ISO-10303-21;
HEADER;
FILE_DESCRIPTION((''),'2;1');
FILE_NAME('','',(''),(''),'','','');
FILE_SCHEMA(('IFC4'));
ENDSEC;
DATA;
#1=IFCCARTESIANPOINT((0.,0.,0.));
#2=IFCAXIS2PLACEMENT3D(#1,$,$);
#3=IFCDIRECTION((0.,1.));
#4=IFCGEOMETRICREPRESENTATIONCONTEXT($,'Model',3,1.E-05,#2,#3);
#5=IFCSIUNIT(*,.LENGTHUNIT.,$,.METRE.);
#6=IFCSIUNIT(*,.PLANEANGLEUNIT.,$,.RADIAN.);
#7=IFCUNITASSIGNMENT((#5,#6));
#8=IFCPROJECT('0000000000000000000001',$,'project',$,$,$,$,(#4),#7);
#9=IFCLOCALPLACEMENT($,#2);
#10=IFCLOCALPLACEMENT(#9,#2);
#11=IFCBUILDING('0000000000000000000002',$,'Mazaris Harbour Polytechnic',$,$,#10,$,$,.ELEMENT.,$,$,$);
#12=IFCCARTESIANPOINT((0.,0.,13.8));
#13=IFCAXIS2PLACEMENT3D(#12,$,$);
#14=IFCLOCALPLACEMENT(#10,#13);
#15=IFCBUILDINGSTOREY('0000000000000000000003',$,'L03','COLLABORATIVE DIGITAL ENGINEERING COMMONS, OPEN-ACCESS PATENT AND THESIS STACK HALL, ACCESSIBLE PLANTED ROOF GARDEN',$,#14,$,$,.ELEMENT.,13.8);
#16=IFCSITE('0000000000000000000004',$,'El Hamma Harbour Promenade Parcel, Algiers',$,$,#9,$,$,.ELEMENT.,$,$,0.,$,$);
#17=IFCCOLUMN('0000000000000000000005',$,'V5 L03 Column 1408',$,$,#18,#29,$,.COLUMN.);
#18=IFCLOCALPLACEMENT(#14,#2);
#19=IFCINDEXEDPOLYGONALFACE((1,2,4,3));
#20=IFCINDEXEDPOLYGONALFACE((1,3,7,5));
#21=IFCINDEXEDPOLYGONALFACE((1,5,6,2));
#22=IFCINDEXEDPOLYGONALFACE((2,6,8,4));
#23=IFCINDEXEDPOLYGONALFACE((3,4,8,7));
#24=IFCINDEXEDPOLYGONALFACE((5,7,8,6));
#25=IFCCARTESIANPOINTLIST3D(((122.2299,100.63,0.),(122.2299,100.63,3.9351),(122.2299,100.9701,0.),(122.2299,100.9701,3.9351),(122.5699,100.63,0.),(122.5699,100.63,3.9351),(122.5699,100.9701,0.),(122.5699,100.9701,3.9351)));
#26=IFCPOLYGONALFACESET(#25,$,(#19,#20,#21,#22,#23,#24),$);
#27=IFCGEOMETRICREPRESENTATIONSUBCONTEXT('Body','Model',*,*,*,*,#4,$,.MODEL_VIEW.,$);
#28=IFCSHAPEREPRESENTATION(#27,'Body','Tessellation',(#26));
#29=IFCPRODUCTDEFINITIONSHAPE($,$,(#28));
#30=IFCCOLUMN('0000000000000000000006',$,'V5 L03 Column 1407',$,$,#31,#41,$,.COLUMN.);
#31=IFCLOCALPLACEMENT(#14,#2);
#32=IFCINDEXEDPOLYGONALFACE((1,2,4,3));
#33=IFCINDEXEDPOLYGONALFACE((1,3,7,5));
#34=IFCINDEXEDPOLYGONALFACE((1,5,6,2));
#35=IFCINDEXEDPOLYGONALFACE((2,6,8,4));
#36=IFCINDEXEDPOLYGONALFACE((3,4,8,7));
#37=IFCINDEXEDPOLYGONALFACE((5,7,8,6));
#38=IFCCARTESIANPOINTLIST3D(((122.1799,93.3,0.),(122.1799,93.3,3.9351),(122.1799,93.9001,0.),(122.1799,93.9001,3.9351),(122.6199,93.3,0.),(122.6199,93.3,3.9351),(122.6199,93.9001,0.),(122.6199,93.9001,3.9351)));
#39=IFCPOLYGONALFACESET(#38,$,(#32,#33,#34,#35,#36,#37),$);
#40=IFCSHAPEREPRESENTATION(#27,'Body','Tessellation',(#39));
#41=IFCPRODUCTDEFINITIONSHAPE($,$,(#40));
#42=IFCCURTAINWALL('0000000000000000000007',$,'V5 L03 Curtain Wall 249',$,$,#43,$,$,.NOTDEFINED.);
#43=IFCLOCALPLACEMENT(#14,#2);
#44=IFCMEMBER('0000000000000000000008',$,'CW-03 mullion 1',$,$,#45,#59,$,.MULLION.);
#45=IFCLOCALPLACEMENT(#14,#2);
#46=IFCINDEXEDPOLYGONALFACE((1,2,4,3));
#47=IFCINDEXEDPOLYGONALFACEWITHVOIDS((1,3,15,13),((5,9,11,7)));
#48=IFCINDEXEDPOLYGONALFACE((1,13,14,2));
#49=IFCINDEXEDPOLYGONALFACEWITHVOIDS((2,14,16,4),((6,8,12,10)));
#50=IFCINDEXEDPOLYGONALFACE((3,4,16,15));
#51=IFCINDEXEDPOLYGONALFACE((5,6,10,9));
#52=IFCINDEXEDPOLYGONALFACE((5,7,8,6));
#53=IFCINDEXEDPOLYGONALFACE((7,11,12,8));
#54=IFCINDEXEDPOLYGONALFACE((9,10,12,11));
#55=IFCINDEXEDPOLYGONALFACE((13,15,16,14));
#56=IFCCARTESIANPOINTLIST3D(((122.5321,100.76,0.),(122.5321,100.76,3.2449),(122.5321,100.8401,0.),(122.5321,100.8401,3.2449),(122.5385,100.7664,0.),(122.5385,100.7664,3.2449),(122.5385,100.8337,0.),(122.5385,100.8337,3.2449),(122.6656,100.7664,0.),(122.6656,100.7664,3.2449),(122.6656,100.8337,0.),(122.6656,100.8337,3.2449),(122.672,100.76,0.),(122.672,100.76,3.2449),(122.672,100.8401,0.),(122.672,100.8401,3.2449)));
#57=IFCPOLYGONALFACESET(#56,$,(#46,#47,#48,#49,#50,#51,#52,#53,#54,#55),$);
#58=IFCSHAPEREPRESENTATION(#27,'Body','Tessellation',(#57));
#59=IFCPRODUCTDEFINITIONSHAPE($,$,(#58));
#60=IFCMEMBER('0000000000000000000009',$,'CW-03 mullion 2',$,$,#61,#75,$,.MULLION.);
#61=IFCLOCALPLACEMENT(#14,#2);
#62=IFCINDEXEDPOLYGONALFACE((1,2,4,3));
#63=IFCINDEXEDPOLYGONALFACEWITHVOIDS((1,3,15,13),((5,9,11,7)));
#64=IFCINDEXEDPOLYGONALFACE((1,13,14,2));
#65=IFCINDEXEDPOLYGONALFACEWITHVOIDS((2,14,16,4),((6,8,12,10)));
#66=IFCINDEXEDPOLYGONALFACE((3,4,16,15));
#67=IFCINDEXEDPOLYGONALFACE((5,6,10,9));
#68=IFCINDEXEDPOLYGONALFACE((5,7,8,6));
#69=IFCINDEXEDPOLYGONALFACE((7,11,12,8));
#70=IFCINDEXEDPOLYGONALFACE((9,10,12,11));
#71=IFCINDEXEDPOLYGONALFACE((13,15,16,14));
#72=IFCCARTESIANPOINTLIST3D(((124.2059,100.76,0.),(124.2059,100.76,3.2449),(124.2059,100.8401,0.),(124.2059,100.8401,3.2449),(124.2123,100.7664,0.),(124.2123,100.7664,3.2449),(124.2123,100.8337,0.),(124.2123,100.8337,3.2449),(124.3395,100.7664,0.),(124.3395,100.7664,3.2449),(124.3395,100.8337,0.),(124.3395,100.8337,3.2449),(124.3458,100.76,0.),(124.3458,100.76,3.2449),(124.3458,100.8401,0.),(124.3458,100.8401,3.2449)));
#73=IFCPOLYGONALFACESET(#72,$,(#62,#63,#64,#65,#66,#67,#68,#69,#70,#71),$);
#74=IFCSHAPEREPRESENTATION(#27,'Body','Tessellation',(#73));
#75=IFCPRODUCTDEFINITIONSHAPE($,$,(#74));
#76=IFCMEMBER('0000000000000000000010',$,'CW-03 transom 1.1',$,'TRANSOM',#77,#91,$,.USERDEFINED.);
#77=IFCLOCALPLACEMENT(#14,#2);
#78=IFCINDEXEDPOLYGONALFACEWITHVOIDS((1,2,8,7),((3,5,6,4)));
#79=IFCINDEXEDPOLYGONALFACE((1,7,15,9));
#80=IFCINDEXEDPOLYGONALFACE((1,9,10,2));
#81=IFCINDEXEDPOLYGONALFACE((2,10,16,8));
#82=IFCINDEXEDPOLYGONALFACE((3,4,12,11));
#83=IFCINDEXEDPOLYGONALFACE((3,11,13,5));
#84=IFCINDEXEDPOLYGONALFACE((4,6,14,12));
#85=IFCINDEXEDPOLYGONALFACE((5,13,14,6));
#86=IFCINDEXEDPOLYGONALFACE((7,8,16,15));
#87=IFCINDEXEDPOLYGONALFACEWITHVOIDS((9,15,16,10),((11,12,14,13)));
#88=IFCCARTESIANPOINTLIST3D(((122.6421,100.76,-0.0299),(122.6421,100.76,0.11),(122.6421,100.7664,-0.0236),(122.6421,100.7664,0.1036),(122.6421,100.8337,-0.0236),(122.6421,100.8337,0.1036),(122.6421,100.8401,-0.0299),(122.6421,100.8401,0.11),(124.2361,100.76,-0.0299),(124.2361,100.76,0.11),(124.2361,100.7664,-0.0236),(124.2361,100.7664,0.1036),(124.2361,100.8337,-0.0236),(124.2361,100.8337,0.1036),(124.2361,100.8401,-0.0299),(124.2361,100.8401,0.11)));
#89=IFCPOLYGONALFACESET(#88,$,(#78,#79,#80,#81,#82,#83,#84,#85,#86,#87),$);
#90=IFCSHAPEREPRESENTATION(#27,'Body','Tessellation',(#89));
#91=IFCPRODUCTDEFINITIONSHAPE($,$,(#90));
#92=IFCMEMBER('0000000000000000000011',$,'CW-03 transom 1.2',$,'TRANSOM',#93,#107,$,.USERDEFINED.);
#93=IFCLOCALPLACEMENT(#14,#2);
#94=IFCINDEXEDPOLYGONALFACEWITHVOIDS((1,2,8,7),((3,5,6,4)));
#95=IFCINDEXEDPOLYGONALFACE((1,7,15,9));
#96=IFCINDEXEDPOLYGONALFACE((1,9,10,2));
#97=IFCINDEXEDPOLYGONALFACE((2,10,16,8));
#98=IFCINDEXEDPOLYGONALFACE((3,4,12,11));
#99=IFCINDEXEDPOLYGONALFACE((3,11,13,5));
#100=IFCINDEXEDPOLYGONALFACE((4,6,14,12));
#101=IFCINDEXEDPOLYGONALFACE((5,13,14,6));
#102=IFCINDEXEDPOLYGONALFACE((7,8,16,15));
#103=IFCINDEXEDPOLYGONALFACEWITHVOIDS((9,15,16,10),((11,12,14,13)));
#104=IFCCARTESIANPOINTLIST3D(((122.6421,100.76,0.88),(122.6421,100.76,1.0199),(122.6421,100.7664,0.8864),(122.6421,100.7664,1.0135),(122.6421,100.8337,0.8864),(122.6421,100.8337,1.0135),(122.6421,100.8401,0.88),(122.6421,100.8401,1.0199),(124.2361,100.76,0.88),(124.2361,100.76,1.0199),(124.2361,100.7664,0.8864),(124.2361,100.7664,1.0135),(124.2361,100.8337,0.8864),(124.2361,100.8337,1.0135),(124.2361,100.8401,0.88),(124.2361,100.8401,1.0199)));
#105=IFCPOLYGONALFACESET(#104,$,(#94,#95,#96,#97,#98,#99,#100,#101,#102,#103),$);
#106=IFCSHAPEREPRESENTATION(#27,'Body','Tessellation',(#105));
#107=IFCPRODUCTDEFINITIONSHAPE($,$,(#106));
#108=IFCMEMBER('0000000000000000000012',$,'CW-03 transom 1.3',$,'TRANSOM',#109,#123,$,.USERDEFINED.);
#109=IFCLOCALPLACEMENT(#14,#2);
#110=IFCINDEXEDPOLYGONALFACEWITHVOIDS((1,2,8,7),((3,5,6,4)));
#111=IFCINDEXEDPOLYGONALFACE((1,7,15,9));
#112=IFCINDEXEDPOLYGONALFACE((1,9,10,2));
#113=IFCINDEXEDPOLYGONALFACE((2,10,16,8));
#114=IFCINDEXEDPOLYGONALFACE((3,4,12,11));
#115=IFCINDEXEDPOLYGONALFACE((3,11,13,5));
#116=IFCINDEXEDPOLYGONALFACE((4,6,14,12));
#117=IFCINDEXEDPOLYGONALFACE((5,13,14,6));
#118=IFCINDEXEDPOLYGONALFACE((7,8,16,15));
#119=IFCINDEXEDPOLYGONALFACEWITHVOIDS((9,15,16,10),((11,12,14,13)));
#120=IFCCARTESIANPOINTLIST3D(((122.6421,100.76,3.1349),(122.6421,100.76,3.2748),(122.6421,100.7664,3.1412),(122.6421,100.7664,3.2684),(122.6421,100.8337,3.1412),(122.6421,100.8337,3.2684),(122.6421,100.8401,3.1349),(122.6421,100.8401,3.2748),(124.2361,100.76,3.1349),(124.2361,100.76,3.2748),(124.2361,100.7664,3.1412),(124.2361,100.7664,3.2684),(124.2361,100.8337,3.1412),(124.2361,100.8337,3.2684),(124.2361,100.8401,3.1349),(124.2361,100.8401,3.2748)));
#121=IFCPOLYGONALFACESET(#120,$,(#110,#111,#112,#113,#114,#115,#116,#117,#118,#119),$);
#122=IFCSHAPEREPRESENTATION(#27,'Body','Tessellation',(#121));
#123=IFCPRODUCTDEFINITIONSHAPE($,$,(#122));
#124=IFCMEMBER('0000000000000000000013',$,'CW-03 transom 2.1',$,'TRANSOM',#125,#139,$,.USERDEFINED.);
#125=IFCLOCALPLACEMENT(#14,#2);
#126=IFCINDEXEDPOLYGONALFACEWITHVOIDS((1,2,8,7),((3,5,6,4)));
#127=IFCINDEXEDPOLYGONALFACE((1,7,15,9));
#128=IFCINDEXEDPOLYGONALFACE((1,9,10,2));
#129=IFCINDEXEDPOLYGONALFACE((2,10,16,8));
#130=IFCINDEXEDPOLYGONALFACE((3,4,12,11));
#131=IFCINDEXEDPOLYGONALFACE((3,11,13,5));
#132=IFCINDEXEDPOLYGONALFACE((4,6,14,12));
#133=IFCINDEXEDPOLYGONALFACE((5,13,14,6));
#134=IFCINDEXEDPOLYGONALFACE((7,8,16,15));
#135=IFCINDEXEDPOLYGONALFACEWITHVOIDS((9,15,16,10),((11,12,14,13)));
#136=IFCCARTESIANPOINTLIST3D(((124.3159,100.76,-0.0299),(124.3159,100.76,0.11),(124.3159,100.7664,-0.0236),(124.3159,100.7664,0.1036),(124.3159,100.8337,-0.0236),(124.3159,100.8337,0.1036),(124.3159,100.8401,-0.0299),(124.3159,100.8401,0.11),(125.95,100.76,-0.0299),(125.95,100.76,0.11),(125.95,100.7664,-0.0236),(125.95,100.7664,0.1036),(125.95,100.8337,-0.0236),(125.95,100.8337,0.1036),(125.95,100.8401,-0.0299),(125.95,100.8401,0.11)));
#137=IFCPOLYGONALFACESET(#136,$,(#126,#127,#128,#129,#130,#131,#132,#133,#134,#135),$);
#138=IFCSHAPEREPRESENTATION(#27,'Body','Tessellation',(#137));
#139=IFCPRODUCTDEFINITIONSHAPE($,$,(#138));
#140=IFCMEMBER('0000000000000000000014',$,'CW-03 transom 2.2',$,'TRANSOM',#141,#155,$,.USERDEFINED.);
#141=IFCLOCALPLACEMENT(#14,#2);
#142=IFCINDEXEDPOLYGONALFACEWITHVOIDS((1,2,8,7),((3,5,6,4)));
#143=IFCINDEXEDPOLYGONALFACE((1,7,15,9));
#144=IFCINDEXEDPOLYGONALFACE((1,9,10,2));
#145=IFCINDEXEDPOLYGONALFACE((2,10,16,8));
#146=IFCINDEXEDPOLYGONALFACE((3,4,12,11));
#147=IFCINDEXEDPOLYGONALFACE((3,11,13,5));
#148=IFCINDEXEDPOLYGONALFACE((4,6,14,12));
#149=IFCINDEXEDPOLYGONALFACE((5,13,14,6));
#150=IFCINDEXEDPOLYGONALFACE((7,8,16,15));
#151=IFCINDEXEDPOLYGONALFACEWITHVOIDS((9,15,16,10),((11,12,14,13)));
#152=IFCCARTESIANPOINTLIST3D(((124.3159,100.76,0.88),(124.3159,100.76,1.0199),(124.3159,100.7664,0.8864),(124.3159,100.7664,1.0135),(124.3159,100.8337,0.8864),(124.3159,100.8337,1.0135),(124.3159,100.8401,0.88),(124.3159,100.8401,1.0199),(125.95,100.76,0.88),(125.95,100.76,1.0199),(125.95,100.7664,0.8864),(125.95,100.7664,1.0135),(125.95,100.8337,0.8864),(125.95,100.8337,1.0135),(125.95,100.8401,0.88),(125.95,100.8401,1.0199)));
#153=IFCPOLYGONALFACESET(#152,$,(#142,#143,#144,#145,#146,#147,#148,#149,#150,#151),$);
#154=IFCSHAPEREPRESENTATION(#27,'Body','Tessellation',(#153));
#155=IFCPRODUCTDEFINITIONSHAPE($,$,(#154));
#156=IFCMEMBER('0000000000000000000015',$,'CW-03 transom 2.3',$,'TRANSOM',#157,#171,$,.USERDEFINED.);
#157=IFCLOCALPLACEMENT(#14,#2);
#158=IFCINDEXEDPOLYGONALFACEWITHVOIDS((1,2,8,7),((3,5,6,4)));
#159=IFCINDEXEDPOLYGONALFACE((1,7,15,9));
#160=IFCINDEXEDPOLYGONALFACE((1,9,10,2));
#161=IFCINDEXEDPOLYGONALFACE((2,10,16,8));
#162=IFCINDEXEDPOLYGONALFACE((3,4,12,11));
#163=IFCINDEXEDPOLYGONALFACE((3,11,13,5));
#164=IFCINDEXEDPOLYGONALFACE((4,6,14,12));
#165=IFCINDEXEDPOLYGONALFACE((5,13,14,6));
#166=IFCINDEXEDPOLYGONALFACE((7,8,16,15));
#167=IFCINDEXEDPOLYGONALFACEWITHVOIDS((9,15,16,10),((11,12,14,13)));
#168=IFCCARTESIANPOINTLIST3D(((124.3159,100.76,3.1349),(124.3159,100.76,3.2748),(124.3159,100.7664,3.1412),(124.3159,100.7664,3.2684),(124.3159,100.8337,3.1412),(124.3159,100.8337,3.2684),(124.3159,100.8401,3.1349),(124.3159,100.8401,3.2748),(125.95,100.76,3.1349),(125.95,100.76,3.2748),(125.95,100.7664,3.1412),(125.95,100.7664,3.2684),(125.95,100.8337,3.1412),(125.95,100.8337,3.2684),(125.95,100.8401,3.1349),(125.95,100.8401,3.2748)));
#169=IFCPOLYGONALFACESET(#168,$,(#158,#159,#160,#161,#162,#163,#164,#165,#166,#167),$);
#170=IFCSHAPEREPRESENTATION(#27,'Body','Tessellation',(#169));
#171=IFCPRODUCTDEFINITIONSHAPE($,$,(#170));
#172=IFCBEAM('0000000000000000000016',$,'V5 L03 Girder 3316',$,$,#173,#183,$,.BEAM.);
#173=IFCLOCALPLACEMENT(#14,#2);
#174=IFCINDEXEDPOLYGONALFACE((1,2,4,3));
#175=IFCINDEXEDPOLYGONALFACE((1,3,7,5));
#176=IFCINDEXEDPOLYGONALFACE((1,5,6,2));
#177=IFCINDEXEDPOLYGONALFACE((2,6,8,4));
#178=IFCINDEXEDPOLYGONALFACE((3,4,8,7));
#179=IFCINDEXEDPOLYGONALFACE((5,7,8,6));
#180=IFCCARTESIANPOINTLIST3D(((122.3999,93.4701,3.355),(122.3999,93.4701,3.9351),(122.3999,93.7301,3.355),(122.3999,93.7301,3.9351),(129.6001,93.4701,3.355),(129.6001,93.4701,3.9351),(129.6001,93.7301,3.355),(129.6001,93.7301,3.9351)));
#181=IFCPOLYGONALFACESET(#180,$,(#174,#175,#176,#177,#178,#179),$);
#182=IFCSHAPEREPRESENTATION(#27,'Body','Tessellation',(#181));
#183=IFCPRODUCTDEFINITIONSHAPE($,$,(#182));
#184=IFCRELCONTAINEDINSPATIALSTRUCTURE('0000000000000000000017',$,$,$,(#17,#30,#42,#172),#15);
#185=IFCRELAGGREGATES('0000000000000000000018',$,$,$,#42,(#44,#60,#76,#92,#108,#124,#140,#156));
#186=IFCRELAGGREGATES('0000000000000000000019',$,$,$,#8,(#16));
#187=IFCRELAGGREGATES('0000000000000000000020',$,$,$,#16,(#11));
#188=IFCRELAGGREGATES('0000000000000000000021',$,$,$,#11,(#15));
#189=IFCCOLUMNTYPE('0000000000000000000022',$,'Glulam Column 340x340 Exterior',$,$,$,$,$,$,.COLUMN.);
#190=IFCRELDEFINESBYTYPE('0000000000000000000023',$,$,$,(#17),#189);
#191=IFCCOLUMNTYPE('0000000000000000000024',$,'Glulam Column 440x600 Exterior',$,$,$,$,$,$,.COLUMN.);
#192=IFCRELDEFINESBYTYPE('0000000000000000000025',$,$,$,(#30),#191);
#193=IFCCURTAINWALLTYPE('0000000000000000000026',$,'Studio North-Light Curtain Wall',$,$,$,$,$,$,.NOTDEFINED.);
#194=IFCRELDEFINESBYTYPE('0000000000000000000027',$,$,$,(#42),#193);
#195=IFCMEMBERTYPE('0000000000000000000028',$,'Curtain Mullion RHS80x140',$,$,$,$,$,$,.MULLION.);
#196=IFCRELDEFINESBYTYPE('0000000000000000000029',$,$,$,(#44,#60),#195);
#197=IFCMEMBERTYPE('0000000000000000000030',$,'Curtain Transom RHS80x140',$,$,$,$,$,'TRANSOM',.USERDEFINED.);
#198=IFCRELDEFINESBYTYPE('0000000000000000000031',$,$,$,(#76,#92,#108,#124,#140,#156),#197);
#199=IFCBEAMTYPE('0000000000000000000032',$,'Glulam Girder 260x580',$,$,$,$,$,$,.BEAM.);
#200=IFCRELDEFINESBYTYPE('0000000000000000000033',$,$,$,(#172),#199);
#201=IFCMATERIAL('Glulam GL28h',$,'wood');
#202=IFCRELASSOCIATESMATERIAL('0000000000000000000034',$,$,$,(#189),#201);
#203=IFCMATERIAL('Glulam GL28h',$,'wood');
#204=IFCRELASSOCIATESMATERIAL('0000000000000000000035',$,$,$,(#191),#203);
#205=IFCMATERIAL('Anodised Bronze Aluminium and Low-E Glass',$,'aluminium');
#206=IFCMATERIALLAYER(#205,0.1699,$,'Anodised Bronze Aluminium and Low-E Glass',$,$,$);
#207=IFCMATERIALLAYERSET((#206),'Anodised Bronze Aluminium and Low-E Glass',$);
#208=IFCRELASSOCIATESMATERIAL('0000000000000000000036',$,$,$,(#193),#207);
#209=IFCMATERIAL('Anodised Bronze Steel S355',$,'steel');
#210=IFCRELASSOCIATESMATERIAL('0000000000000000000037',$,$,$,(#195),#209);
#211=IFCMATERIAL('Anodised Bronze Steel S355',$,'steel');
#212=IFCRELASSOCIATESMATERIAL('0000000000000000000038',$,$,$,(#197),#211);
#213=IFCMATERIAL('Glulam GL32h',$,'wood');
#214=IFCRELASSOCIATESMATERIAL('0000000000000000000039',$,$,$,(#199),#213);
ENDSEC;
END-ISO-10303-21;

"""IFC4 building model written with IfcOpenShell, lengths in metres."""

from ifc_helpers import new_model, si_unit, direction, frame, origin, origin_2d, place, context, subcontext, project, spatial, rectangle, hollow_rectangle, extrude, material, layer, layer_set, material_profile, profile_set, type_object, element, aggregate, save


model = new_model("IFC4")

# Units and contexts
model_context = context("Model", 3, precision=1e-05, world=origin(), true_north=direction((0.0, 1.0)))
body_context = subcontext(model_context, "Body", "Model", "MODEL_VIEW")
ifc_project = project(units=[si_unit("LENGTHUNIT", "METRE"), si_unit("PLANEANGLEUNIT", "RADIAN")], contexts=[model_context])

# Site, building, storey
site_placement = place(None, origin())
site = spatial("IfcSite", under=ifc_project, at=site_placement, Name="El Hamma Harbour Promenade Parcel, Algiers", CompositionType="ELEMENT", RefElevation=0.0)
building_placement = place(site_placement, origin())
building = spatial("IfcBuilding", under=site, at=building_placement, Name="Mazaris Harbour Polytechnic", CompositionType="ELEMENT")
storey_placement = place(building_placement, frame((0.0, 0.0, 13.8)))
storey = spatial("IfcBuildingStorey", under=building, at=storey_placement, Name="L03", Description="COLLABORATIVE DIGITAL ENGINEERING COMMONS, OPEN-ACCESS PATENT AND THESIS STACK HALL, ACCESSIBLE PLANTED ROOF GARDEN", CompositionType="ELEMENT", Elevation=13.8)

# Columns
ifc_material_1 = material(Name="Glulam GL28h", Category="wood")
ifc_material_profile_1 = material_profile(ifc_material_1, rectangle(XDim=0.3401, YDim=0.3401, at=origin_2d()), Name="RECT340x340")
ifc_profile_set_1 = profile_set([ifc_material_profile_1], Name="Glulam GL28h")
column_type_1 = type_object("IfcColumnType", Name="Glulam Column 340x340 Exterior", PredefinedType="COLUMN", material=ifc_profile_set_1)
column_1_placement = place(storey_placement, frame((122.3999, 100.8, 0.0), z_axis=(0.0, 0.0, 1.0), x_axis=(1.0, 0.0, 0.0)))
element("IfcColumn", 1, at=column_1_placement, inside=storey, type_object=column_type_1, Name="V5 L03 Column 1408", PredefinedType="COLUMN", context=body_context, shape_type="SweptSolid", body=[
    extrude(rectangle(XDim=0.3401, YDim=0.3401, at=origin_2d()), origin(), (0.0, 0.0, 1.0), 3.9351),
])
ifc_material_2 = material(Name="Glulam GL28h", Category="wood")
ifc_material_profile_2 = material_profile(ifc_material_2, rectangle(XDim=0.4399, YDim=0.6001, at=origin_2d()), Name="RECT440x600")
ifc_profile_set_2 = profile_set([ifc_material_profile_2], Name="Glulam GL28h")
column_type_2 = type_object("IfcColumnType", Name="Glulam Column 440x600 Exterior", PredefinedType="COLUMN", material=ifc_profile_set_2)
column_2_placement = place(storey_placement, frame((122.3999, 93.6001, 0.0), z_axis=(0.0, 0.0, 1.0), x_axis=(1.0, 0.0, 0.0)))
element("IfcColumn", 2, at=column_2_placement, inside=storey, type_object=column_type_2, Name="V5 L03 Column 1407", PredefinedType="COLUMN", context=body_context, shape_type="SweptSolid", body=[
    extrude(rectangle(XDim=0.4399, YDim=0.6001, at=origin_2d()), origin(), (0.0, 0.0, 1.0), 3.9351),
])

# Curtain wall, members
ifc_material_3 = material(Name="Anodised Bronze Aluminium and Low-E Glass", Category="aluminium")
ifc_layer_1 = layer(ifc_material_3, 0.1699, Name="Anodised Bronze Aluminium and Low-E Glass")
ifc_layer_set_1 = layer_set([ifc_layer_1], Name="Anodised Bronze Aluminium and Low-E Glass")
curtain_wall_type = type_object("IfcCurtainWallType", Name="Studio North-Light Curtain Wall", PredefinedType="NOTDEFINED", material=ifc_layer_set_1)
curtain_wall_placement = place(storey_placement, origin())
curtain_wall = element("IfcCurtainWall", 3, at=curtain_wall_placement, inside=storey, type_object=curtain_wall_type, Name="V5 L03 Curtain Wall 249", PredefinedType="NOTDEFINED")
ifc_material_4 = material(Name="Anodised Bronze Steel S355", Category="steel")
ifc_material_profile_3 = material_profile(ifc_material_4, hollow_rectangle(XDim=0.0801, YDim=0.1399, WallThickness=0.0063, at=origin_2d()), Name="RHS 80x140x6.3")
ifc_profile_set_3 = profile_set([ifc_material_profile_3], Name="Anodised Bronze Steel S355")
member_type_1 = type_object("IfcMemberType", Name="Curtain Mullion RHS80x140", PredefinedType="MULLION", material=ifc_profile_set_3)
member_1_placement = place(storey_placement, frame((122.6021, 100.8, 0.0), z_axis=(0.0, 0.0, 1.0), x_axis=(0.0, 1.0, 0.0)))
member_1 = element("IfcMember", 4, at=member_1_placement, type_object=member_type_1, Name="CW-03 mullion 1", PredefinedType="MULLION", context=body_context, shape_type="SweptSolid", body=[
    extrude(hollow_rectangle(XDim=0.0801, YDim=0.1399, WallThickness=0.0063, at=origin_2d()), origin(), (0.0, 0.0, 1.0), 3.2449),
])
member_2_placement = place(storey_placement, frame((124.2759, 100.8, 0.0), z_axis=(0.0, 0.0, 1.0), x_axis=(0.0, 1.0, 0.0)))
member_2 = element("IfcMember", 5, at=member_2_placement, type_object=member_type_1, Name="CW-03 mullion 2", PredefinedType="MULLION", context=body_context, shape_type="SweptSolid", body=[
    extrude(hollow_rectangle(XDim=0.0801, YDim=0.1399, WallThickness=0.0063, at=origin_2d()), origin(), (0.0, 0.0, 1.0), 3.2449),
])
ifc_material_5 = material(Name="Anodised Bronze Steel S355", Category="steel")
ifc_material_profile_4 = material_profile(ifc_material_5, hollow_rectangle(XDim=0.0801, YDim=0.1399, WallThickness=0.0063, at=origin_2d()), Name="RHS 80x140x6.3")
ifc_profile_set_4 = profile_set([ifc_material_profile_4], Name="Anodised Bronze Steel S355")
member_type_2 = type_object("IfcMemberType", Name="Curtain Transom RHS80x140", ElementType="TRANSOM", PredefinedType="USERDEFINED", material=ifc_profile_set_4)
member_3_placement = place(storey_placement, frame((122.6421, 100.8, 0.04), z_axis=(1.0, 0.0, 0.0), x_axis=(0.0, 1.0, 0.0)))
member_3 = element("IfcMember", 6, at=member_3_placement, type_object=member_type_2, Name="CW-03 transom 1.1", ObjectType="TRANSOM", PredefinedType="USERDEFINED", context=body_context, shape_type="SweptSolid", body=[
    extrude(hollow_rectangle(XDim=0.0801, YDim=0.1399, WallThickness=0.0063, at=origin_2d()), origin(), (0.0, 0.0, 1.0), 1.594),
])
member_4_placement = place(storey_placement, frame((122.6421, 100.8, 0.95), z_axis=(1.0, 0.0, 0.0), x_axis=(0.0, 1.0, 0.0)))
member_4 = element("IfcMember", 7, at=member_4_placement, type_object=member_type_2, Name="CW-03 transom 1.2", ObjectType="TRANSOM", PredefinedType="USERDEFINED", context=body_context, shape_type="SweptSolid", body=[
    extrude(hollow_rectangle(XDim=0.0801, YDim=0.1399, WallThickness=0.0063, at=origin_2d()), origin(), (0.0, 0.0, 1.0), 1.594),
])
member_5_placement = place(storey_placement, frame((122.6421, 100.8, 3.2048), z_axis=(1.0, 0.0, 0.0), x_axis=(0.0, 1.0, 0.0)))
member_5 = element("IfcMember", 8, at=member_5_placement, type_object=member_type_2, Name="CW-03 transom 1.3", ObjectType="TRANSOM", PredefinedType="USERDEFINED", context=body_context, shape_type="SweptSolid", body=[
    extrude(hollow_rectangle(XDim=0.0801, YDim=0.1399, WallThickness=0.0063, at=origin_2d()), origin(), (0.0, 0.0, 1.0), 1.594),
])
member_6_placement = place(storey_placement, frame((124.3159, 100.8, 0.04), z_axis=(1.0, 0.0, 0.0), x_axis=(0.0, 1.0, 0.0)))
member_6 = element("IfcMember", 9, at=member_6_placement, type_object=member_type_2, Name="CW-03 transom 2.1", ObjectType="TRANSOM", PredefinedType="USERDEFINED", context=body_context, shape_type="SweptSolid", body=[
    extrude(hollow_rectangle(XDim=0.0801, YDim=0.1399, WallThickness=0.0063, at=origin_2d()), origin(), (0.0, 0.0, 1.0), 1.634),
])
member_7_placement = place(storey_placement, frame((124.3159, 100.8, 0.95), z_axis=(1.0, 0.0, 0.0), x_axis=(0.0, 1.0, 0.0)))
member_7 = element("IfcMember", 10, at=member_7_placement, type_object=member_type_2, Name="CW-03 transom 2.2", ObjectType="TRANSOM", PredefinedType="USERDEFINED", context=body_context, shape_type="SweptSolid", body=[
    extrude(hollow_rectangle(XDim=0.0801, YDim=0.1399, WallThickness=0.0063, at=origin_2d()), origin(), (0.0, 0.0, 1.0), 1.634),
])
member_8_placement = place(storey_placement, frame((124.3159, 100.8, 3.2048), z_axis=(1.0, 0.0, 0.0), x_axis=(0.0, 1.0, 0.0)))
member_8 = element("IfcMember", 11, at=member_8_placement, type_object=member_type_2, Name="CW-03 transom 2.3", ObjectType="TRANSOM", PredefinedType="USERDEFINED", context=body_context, shape_type="SweptSolid", body=[
    extrude(hollow_rectangle(XDim=0.0801, YDim=0.1399, WallThickness=0.0063, at=origin_2d()), origin(), (0.0, 0.0, 1.0), 1.634),
])

# Beam
ifc_material_6 = material(Name="Glulam GL32h", Category="wood")
ifc_material_profile_5 = material_profile(ifc_material_6, rectangle(XDim=0.26, YDim=0.5801, at=origin_2d()), Name="RECT260x580")
ifc_profile_set_5 = profile_set([ifc_material_profile_5], Name="Glulam GL32h")
beam_type_1 = type_object("IfcBeamType", Name="Glulam Girder 260x580", PredefinedType="BEAM", material=ifc_profile_set_5)
beam_1_placement = place(storey_placement, frame((122.3999, 93.6001, 3.645), z_axis=(1.0, 0.0, 0.0), x_axis=(0.0, 1.0, 0.0)))
element("IfcBeam", 12, at=beam_1_placement, inside=storey, type_object=beam_type_1, Name="V5 L03 Girder 3316", PredefinedType="BEAM", context=body_context, shape_type="SweptSolid", body=[
    extrude(rectangle(XDim=0.26, YDim=0.5801, at=origin_2d()), origin(), (0.0, 0.0, 1.0), 7.2002),
])

aggregate(curtain_wall, [member_1, member_2, member_3, member_4, member_5, member_6, member_7, member_8])

save(model, "model.ifc")
